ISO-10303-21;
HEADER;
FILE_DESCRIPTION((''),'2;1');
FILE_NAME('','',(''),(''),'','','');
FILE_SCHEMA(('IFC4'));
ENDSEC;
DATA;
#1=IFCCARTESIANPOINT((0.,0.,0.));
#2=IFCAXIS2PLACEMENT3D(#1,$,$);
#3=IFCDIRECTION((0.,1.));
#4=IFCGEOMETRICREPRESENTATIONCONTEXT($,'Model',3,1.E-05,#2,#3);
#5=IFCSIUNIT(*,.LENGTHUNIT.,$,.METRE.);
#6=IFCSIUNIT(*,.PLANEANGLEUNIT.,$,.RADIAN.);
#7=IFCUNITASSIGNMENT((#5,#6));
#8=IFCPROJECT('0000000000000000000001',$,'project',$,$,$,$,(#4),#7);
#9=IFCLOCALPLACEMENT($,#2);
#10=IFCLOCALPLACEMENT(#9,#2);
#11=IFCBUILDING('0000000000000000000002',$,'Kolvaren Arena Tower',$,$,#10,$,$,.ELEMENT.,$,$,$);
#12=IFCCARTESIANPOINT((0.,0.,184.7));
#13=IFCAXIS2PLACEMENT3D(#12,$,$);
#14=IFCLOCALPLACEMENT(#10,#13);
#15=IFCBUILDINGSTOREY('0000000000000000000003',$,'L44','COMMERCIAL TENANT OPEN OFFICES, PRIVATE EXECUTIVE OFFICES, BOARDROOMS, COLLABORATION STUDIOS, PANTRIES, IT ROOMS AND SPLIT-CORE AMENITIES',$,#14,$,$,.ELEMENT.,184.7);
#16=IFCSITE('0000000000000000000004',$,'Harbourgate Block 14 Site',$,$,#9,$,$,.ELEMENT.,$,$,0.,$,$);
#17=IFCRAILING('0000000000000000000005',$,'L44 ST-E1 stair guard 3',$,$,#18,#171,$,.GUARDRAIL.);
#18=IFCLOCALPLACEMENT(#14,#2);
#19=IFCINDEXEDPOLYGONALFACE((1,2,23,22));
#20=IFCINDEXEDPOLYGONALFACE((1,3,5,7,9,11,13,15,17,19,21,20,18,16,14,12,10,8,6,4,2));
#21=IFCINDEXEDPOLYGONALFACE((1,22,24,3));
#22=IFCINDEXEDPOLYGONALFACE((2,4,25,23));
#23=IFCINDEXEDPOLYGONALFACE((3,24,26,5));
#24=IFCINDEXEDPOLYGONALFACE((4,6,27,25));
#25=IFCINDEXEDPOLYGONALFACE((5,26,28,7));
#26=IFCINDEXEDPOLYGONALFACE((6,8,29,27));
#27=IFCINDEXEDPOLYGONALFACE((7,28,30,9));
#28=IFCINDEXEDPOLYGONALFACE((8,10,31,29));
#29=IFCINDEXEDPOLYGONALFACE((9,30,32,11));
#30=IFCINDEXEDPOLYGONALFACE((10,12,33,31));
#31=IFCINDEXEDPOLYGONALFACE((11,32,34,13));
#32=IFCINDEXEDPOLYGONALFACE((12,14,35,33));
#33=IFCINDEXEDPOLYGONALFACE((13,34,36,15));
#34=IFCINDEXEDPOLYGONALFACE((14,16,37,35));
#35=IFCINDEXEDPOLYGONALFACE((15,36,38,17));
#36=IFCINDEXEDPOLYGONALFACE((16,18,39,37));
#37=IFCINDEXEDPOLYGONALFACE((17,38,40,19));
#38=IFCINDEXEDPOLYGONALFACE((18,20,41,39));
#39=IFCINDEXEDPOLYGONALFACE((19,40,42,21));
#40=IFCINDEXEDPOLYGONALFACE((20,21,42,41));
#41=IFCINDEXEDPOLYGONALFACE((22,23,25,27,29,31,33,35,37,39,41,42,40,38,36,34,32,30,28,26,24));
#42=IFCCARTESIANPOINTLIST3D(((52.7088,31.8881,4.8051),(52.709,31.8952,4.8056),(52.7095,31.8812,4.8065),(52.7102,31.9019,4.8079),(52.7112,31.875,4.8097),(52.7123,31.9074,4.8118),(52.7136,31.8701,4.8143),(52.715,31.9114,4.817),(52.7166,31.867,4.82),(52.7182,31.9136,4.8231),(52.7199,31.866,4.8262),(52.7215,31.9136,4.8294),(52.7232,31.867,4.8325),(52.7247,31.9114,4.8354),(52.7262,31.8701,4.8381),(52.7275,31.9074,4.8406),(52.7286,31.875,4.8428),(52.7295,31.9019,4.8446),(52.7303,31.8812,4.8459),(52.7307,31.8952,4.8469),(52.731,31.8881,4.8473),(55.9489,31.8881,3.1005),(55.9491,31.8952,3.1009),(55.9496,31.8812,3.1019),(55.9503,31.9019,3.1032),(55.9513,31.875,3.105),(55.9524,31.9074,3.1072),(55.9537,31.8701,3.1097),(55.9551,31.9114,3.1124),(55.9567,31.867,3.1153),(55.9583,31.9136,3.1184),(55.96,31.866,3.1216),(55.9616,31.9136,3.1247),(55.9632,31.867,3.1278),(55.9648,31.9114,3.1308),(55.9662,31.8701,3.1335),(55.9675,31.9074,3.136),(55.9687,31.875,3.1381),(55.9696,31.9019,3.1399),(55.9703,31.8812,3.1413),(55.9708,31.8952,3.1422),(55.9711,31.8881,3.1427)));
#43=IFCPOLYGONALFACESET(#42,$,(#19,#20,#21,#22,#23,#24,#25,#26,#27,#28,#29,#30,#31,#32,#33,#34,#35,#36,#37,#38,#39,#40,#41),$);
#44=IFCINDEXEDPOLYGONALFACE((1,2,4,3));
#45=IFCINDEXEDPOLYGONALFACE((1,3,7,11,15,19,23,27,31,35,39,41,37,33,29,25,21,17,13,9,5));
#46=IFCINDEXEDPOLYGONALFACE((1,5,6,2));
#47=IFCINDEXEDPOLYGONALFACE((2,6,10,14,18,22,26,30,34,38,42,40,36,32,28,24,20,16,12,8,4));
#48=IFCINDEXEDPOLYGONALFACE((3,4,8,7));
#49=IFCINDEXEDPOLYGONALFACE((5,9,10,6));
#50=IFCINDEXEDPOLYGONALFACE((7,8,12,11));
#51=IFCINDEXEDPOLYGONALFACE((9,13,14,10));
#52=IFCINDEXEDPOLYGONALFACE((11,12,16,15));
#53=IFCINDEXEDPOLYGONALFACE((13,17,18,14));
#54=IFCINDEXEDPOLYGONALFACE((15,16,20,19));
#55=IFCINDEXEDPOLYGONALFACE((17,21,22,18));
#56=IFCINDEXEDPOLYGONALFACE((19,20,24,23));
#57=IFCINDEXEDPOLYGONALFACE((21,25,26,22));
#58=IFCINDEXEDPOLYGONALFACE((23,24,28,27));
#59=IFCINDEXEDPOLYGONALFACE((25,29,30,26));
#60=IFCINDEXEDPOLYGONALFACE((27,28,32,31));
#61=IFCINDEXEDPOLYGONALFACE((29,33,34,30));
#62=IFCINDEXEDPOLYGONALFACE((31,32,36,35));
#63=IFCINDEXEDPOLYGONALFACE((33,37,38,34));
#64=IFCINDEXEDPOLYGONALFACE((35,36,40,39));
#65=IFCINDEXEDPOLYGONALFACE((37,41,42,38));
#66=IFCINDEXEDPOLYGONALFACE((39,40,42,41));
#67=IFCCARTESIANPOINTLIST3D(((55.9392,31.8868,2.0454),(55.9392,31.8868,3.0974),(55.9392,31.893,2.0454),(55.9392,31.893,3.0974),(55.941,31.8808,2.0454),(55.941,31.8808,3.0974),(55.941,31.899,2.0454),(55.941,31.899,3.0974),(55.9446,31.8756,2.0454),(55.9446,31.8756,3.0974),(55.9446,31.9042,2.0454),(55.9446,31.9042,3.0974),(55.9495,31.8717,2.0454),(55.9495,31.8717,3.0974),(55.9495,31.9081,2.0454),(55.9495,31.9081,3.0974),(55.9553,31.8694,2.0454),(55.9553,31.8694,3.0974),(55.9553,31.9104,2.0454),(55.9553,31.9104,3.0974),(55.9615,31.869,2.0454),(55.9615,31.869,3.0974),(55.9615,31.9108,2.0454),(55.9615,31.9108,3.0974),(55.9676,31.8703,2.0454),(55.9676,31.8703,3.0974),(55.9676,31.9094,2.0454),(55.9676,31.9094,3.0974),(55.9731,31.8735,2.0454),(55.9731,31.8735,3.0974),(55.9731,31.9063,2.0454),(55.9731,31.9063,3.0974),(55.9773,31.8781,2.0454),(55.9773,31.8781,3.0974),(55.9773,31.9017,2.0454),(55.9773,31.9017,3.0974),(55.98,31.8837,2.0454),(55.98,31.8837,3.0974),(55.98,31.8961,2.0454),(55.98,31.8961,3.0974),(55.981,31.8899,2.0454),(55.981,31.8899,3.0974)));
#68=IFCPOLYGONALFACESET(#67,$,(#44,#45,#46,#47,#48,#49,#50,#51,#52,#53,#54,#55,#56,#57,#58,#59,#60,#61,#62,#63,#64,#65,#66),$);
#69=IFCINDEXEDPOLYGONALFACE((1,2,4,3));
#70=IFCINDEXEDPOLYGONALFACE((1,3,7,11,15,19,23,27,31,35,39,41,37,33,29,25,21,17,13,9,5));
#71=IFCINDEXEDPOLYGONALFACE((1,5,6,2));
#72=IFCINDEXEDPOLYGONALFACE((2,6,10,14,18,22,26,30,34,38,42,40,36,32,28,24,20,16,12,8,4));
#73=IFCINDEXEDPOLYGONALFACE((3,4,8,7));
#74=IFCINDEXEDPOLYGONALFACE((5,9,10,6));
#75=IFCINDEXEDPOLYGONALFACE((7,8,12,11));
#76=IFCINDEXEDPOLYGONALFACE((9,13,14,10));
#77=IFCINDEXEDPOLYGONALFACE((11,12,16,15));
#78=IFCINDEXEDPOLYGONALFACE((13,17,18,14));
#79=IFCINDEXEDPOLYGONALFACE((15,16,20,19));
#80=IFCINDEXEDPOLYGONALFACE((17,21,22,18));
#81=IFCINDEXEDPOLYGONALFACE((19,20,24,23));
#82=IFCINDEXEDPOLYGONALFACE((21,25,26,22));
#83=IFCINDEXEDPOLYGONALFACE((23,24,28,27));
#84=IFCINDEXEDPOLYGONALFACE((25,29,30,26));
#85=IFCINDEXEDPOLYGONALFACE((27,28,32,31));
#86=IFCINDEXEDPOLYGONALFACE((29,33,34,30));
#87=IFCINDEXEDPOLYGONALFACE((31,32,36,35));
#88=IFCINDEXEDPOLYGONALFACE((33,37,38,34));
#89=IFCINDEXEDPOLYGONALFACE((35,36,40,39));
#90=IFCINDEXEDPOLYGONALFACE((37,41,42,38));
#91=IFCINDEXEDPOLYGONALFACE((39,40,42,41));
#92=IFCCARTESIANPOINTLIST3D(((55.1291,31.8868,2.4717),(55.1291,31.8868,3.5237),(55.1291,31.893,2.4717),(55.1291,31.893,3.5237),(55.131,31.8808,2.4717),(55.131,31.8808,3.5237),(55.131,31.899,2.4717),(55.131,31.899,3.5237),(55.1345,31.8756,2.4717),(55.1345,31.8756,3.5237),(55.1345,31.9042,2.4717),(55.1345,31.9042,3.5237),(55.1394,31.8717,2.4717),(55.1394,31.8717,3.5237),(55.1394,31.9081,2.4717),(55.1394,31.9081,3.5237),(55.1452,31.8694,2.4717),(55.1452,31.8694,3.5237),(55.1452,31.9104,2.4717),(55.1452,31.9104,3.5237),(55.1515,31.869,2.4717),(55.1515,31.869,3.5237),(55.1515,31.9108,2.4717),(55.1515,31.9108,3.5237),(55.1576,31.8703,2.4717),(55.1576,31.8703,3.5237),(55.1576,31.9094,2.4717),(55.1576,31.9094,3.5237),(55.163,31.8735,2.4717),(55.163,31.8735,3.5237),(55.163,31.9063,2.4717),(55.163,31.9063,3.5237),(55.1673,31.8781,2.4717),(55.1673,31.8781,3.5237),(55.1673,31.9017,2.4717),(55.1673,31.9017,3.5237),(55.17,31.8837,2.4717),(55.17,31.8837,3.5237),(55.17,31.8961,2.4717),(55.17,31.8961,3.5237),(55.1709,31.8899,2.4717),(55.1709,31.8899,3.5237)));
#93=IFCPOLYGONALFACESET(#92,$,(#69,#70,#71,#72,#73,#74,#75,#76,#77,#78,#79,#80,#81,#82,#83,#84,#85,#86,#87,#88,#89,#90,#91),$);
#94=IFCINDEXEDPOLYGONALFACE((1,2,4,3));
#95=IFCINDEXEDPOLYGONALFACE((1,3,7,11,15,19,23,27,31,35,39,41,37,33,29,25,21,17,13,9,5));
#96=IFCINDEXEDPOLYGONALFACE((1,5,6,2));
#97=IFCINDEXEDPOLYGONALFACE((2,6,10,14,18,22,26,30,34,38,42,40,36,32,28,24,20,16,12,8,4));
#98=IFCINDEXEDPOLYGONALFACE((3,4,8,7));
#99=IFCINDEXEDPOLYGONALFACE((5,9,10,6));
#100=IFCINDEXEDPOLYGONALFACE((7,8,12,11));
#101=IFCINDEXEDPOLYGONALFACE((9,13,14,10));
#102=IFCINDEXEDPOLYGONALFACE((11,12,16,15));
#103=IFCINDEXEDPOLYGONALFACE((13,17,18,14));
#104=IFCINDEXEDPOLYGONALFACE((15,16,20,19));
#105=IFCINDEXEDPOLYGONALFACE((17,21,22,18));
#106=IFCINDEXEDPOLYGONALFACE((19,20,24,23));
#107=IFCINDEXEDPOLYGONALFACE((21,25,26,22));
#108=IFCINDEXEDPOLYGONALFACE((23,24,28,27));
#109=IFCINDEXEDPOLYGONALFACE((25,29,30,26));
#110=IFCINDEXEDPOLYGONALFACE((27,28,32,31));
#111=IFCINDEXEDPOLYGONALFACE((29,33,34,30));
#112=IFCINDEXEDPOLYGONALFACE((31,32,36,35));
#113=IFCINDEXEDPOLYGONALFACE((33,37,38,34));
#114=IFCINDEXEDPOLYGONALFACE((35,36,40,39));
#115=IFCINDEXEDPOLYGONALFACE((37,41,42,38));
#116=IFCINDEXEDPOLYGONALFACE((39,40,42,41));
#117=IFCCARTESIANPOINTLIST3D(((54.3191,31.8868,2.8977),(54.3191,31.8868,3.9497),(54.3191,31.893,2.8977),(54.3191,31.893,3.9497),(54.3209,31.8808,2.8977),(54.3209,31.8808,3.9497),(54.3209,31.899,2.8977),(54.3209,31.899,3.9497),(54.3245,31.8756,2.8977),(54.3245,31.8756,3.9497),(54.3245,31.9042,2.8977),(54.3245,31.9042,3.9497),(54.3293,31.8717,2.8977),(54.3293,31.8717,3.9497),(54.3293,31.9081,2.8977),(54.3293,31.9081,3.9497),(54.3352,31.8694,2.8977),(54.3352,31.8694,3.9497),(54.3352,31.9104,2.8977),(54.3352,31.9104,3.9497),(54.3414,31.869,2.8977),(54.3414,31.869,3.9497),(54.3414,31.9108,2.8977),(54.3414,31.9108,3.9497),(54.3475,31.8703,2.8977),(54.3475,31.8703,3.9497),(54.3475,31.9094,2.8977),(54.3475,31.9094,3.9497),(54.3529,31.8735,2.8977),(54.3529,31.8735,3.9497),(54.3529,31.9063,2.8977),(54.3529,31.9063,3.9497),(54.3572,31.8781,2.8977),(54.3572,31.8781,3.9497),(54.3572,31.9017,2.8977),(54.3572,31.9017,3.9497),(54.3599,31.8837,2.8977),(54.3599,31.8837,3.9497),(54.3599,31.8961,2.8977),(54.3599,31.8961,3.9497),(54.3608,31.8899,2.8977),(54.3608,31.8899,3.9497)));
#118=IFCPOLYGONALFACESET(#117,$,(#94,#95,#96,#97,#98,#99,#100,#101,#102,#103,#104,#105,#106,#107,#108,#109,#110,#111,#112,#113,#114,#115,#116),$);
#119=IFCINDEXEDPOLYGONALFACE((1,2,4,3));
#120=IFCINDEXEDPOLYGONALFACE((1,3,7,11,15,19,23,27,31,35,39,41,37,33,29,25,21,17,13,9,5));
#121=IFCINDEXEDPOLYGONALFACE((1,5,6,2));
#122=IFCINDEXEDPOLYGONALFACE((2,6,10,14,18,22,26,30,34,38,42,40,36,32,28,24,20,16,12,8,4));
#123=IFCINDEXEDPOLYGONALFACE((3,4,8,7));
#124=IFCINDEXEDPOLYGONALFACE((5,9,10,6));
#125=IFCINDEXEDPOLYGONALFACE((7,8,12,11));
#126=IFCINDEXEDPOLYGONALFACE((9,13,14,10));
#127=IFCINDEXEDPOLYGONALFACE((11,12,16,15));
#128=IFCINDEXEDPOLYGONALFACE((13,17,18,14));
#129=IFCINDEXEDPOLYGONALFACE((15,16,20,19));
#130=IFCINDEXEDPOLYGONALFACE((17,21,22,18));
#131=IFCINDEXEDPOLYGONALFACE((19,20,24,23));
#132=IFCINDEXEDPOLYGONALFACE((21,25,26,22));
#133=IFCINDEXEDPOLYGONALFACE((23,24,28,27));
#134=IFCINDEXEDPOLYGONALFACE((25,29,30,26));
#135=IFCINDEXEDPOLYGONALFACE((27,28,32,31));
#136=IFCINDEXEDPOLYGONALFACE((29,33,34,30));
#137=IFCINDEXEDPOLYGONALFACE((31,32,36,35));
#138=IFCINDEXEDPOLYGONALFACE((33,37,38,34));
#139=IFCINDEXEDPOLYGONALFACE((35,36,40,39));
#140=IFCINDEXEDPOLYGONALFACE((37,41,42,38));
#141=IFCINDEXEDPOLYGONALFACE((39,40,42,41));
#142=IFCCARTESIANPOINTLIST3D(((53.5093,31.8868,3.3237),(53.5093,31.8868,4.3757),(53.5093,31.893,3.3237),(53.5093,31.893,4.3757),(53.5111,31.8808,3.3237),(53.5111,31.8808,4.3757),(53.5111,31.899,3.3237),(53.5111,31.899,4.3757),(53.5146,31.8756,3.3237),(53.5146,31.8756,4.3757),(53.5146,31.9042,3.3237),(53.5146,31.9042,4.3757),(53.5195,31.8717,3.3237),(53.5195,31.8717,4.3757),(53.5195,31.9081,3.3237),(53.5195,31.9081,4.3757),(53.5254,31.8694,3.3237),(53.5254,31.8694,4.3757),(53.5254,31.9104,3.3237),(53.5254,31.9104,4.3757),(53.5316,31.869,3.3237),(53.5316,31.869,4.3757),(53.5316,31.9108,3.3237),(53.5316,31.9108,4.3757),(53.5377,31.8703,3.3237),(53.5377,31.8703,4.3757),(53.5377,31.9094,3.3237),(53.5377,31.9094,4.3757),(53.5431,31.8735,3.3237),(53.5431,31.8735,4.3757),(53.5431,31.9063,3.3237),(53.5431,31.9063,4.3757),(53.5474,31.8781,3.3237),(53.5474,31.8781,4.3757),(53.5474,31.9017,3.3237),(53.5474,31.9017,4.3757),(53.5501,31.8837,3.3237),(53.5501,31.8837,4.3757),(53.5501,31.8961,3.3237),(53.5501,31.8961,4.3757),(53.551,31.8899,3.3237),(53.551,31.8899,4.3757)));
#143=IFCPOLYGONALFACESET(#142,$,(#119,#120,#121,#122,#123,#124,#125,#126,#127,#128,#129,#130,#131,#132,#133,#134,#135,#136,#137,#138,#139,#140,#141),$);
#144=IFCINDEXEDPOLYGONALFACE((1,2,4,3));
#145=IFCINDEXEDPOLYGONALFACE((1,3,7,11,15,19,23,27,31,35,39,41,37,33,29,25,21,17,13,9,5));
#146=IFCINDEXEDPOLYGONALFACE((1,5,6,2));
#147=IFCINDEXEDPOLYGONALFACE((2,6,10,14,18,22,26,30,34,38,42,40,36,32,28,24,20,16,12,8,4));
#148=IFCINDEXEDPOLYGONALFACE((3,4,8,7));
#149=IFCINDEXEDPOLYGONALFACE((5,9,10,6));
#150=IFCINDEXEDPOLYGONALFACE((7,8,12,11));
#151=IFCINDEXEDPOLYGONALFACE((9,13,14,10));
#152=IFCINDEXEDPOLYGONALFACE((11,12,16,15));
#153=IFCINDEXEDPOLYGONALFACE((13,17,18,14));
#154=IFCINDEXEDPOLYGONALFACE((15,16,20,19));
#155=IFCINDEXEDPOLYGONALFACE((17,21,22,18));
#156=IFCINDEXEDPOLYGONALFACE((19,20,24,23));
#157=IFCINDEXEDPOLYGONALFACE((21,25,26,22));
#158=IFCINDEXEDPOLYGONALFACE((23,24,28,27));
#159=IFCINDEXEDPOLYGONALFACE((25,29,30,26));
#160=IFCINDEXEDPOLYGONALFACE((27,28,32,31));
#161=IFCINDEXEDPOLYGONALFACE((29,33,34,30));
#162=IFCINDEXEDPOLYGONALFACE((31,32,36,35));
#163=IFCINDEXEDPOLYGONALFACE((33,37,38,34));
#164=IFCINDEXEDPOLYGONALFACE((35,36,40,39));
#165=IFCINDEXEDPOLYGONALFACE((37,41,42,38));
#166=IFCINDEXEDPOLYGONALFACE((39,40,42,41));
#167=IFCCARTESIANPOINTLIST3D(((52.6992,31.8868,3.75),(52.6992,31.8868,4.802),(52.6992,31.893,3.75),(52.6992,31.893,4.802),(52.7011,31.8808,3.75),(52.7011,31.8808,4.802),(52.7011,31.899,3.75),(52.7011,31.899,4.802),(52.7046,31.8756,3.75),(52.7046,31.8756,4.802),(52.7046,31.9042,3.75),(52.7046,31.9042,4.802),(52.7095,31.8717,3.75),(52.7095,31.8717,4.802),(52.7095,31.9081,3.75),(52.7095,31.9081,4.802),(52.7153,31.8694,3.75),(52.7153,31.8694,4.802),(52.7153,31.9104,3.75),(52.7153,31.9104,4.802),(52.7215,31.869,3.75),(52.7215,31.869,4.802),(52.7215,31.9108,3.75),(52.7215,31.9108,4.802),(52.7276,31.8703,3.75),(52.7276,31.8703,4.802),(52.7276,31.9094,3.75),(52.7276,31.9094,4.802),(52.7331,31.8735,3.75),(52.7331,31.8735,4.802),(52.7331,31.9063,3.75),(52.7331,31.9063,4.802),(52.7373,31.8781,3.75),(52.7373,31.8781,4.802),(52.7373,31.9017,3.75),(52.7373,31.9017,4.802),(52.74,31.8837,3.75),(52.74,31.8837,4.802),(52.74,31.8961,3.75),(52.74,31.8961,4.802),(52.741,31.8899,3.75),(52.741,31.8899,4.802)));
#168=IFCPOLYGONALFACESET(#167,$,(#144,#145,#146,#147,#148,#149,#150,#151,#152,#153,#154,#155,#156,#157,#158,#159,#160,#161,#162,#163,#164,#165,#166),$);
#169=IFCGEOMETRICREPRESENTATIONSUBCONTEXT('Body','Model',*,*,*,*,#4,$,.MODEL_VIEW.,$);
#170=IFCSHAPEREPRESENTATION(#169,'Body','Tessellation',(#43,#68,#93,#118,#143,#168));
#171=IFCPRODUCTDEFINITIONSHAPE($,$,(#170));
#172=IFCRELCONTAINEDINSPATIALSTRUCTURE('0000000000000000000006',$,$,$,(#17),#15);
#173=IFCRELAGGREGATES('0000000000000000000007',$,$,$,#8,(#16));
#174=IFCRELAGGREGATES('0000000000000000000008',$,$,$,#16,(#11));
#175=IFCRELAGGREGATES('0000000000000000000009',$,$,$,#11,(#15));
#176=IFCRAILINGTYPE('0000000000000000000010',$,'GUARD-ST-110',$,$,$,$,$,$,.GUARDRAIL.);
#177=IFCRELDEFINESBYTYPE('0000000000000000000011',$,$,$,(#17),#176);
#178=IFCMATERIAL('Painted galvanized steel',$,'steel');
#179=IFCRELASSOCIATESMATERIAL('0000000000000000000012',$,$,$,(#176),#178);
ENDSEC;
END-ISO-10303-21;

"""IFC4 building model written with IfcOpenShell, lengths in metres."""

from ifc_helpers import new_model, si_unit, direction, frame, origin, origin_2d, place, context, subcontext, project, spatial, circle, extrude, material, type_object, element, save


model = new_model("IFC4")

# Units and contexts
model_context = context("Model", 3, precision=1e-05, world=origin(), true_north=direction((0.0, 1.0)))
body_context = subcontext(model_context, "Body", "Model", "MODEL_VIEW")
ifc_project = project(units=[si_unit("LENGTHUNIT", "METRE"), si_unit("PLANEANGLEUNIT", "RADIAN")], contexts=[model_context])

# Site, building, storey
site_placement = place(None, origin())
site = spatial("IfcSite", under=ifc_project, at=site_placement, Name="Harbourgate Block 14 Site", CompositionType="ELEMENT", RefElevation=0.0)
building_placement = place(site_placement, origin())
building = spatial("IfcBuilding", under=site, at=building_placement, Name="Kolvaren Arena Tower", CompositionType="ELEMENT")
storey_placement = place(building_placement, frame((0.0, 0.0, 184.7)))
storey = spatial("IfcBuildingStorey", under=building, at=storey_placement, Name="L44", Description="COMMERCIAL TENANT OPEN OFFICES, PRIVATE EXECUTIVE OFFICES, BOARDROOMS, COLLABORATION STUDIOS, PANTRIES, IT ROOMS AND SPLIT-CORE AMENITIES", CompositionType="ELEMENT", Elevation=184.7)

# Railing
ifc_material_1 = material(Name="Painted galvanized steel", Category="steel")
railing_type_1 = type_object("IfcRailingType", Name="GUARD-ST-110", PredefinedType="GUARDRAIL", material=ifc_material_1)
railing_1_placement = place(storey_placement, frame((55.96, 31.8899, 2.0454)))
element("IfcRailing", 1, at=railing_1_placement, inside=storey, type_object=railing_type_1, Name="L44 ST-E1 stair guard 3", PredefinedType="GUARDRAIL", context=body_context, shape_type="SweptSolid", body=[
    extrude(circle(Radius=0.0239, at=origin_2d()), frame((0.0, 0.0, 1.0762), z_axis=(-0.884993, 0.0, 0.465604), x_axis=(0.0, -1.0, 0.0)), (0.0, 0.0, 1.0), 3.6611),
    extrude(circle(Radius=0.021, at=origin_2d()), origin(), (0.0, 0.0, 1.0), 1.052),
    extrude(circle(Radius=0.021, at=origin_2d()), frame((-0.8101, 0.0, 0.4263)), (0.0, 0.0, 1.0), 1.052),
    extrude(circle(Radius=0.021, at=origin_2d()), frame((-1.6201, 0.0, 0.8523)), (0.0, 0.0, 1.0), 1.052),
    extrude(circle(Radius=0.021, at=origin_2d()), frame((-2.4299, 0.0, 1.2783)), (0.0, 0.0, 1.0), 1.052),
    extrude(circle(Radius=0.021, at=origin_2d()), frame((-3.24, 0.0, 1.7046)), (0.0, 0.0, 1.0), 1.052),
])

save(model, "model.ifc")
